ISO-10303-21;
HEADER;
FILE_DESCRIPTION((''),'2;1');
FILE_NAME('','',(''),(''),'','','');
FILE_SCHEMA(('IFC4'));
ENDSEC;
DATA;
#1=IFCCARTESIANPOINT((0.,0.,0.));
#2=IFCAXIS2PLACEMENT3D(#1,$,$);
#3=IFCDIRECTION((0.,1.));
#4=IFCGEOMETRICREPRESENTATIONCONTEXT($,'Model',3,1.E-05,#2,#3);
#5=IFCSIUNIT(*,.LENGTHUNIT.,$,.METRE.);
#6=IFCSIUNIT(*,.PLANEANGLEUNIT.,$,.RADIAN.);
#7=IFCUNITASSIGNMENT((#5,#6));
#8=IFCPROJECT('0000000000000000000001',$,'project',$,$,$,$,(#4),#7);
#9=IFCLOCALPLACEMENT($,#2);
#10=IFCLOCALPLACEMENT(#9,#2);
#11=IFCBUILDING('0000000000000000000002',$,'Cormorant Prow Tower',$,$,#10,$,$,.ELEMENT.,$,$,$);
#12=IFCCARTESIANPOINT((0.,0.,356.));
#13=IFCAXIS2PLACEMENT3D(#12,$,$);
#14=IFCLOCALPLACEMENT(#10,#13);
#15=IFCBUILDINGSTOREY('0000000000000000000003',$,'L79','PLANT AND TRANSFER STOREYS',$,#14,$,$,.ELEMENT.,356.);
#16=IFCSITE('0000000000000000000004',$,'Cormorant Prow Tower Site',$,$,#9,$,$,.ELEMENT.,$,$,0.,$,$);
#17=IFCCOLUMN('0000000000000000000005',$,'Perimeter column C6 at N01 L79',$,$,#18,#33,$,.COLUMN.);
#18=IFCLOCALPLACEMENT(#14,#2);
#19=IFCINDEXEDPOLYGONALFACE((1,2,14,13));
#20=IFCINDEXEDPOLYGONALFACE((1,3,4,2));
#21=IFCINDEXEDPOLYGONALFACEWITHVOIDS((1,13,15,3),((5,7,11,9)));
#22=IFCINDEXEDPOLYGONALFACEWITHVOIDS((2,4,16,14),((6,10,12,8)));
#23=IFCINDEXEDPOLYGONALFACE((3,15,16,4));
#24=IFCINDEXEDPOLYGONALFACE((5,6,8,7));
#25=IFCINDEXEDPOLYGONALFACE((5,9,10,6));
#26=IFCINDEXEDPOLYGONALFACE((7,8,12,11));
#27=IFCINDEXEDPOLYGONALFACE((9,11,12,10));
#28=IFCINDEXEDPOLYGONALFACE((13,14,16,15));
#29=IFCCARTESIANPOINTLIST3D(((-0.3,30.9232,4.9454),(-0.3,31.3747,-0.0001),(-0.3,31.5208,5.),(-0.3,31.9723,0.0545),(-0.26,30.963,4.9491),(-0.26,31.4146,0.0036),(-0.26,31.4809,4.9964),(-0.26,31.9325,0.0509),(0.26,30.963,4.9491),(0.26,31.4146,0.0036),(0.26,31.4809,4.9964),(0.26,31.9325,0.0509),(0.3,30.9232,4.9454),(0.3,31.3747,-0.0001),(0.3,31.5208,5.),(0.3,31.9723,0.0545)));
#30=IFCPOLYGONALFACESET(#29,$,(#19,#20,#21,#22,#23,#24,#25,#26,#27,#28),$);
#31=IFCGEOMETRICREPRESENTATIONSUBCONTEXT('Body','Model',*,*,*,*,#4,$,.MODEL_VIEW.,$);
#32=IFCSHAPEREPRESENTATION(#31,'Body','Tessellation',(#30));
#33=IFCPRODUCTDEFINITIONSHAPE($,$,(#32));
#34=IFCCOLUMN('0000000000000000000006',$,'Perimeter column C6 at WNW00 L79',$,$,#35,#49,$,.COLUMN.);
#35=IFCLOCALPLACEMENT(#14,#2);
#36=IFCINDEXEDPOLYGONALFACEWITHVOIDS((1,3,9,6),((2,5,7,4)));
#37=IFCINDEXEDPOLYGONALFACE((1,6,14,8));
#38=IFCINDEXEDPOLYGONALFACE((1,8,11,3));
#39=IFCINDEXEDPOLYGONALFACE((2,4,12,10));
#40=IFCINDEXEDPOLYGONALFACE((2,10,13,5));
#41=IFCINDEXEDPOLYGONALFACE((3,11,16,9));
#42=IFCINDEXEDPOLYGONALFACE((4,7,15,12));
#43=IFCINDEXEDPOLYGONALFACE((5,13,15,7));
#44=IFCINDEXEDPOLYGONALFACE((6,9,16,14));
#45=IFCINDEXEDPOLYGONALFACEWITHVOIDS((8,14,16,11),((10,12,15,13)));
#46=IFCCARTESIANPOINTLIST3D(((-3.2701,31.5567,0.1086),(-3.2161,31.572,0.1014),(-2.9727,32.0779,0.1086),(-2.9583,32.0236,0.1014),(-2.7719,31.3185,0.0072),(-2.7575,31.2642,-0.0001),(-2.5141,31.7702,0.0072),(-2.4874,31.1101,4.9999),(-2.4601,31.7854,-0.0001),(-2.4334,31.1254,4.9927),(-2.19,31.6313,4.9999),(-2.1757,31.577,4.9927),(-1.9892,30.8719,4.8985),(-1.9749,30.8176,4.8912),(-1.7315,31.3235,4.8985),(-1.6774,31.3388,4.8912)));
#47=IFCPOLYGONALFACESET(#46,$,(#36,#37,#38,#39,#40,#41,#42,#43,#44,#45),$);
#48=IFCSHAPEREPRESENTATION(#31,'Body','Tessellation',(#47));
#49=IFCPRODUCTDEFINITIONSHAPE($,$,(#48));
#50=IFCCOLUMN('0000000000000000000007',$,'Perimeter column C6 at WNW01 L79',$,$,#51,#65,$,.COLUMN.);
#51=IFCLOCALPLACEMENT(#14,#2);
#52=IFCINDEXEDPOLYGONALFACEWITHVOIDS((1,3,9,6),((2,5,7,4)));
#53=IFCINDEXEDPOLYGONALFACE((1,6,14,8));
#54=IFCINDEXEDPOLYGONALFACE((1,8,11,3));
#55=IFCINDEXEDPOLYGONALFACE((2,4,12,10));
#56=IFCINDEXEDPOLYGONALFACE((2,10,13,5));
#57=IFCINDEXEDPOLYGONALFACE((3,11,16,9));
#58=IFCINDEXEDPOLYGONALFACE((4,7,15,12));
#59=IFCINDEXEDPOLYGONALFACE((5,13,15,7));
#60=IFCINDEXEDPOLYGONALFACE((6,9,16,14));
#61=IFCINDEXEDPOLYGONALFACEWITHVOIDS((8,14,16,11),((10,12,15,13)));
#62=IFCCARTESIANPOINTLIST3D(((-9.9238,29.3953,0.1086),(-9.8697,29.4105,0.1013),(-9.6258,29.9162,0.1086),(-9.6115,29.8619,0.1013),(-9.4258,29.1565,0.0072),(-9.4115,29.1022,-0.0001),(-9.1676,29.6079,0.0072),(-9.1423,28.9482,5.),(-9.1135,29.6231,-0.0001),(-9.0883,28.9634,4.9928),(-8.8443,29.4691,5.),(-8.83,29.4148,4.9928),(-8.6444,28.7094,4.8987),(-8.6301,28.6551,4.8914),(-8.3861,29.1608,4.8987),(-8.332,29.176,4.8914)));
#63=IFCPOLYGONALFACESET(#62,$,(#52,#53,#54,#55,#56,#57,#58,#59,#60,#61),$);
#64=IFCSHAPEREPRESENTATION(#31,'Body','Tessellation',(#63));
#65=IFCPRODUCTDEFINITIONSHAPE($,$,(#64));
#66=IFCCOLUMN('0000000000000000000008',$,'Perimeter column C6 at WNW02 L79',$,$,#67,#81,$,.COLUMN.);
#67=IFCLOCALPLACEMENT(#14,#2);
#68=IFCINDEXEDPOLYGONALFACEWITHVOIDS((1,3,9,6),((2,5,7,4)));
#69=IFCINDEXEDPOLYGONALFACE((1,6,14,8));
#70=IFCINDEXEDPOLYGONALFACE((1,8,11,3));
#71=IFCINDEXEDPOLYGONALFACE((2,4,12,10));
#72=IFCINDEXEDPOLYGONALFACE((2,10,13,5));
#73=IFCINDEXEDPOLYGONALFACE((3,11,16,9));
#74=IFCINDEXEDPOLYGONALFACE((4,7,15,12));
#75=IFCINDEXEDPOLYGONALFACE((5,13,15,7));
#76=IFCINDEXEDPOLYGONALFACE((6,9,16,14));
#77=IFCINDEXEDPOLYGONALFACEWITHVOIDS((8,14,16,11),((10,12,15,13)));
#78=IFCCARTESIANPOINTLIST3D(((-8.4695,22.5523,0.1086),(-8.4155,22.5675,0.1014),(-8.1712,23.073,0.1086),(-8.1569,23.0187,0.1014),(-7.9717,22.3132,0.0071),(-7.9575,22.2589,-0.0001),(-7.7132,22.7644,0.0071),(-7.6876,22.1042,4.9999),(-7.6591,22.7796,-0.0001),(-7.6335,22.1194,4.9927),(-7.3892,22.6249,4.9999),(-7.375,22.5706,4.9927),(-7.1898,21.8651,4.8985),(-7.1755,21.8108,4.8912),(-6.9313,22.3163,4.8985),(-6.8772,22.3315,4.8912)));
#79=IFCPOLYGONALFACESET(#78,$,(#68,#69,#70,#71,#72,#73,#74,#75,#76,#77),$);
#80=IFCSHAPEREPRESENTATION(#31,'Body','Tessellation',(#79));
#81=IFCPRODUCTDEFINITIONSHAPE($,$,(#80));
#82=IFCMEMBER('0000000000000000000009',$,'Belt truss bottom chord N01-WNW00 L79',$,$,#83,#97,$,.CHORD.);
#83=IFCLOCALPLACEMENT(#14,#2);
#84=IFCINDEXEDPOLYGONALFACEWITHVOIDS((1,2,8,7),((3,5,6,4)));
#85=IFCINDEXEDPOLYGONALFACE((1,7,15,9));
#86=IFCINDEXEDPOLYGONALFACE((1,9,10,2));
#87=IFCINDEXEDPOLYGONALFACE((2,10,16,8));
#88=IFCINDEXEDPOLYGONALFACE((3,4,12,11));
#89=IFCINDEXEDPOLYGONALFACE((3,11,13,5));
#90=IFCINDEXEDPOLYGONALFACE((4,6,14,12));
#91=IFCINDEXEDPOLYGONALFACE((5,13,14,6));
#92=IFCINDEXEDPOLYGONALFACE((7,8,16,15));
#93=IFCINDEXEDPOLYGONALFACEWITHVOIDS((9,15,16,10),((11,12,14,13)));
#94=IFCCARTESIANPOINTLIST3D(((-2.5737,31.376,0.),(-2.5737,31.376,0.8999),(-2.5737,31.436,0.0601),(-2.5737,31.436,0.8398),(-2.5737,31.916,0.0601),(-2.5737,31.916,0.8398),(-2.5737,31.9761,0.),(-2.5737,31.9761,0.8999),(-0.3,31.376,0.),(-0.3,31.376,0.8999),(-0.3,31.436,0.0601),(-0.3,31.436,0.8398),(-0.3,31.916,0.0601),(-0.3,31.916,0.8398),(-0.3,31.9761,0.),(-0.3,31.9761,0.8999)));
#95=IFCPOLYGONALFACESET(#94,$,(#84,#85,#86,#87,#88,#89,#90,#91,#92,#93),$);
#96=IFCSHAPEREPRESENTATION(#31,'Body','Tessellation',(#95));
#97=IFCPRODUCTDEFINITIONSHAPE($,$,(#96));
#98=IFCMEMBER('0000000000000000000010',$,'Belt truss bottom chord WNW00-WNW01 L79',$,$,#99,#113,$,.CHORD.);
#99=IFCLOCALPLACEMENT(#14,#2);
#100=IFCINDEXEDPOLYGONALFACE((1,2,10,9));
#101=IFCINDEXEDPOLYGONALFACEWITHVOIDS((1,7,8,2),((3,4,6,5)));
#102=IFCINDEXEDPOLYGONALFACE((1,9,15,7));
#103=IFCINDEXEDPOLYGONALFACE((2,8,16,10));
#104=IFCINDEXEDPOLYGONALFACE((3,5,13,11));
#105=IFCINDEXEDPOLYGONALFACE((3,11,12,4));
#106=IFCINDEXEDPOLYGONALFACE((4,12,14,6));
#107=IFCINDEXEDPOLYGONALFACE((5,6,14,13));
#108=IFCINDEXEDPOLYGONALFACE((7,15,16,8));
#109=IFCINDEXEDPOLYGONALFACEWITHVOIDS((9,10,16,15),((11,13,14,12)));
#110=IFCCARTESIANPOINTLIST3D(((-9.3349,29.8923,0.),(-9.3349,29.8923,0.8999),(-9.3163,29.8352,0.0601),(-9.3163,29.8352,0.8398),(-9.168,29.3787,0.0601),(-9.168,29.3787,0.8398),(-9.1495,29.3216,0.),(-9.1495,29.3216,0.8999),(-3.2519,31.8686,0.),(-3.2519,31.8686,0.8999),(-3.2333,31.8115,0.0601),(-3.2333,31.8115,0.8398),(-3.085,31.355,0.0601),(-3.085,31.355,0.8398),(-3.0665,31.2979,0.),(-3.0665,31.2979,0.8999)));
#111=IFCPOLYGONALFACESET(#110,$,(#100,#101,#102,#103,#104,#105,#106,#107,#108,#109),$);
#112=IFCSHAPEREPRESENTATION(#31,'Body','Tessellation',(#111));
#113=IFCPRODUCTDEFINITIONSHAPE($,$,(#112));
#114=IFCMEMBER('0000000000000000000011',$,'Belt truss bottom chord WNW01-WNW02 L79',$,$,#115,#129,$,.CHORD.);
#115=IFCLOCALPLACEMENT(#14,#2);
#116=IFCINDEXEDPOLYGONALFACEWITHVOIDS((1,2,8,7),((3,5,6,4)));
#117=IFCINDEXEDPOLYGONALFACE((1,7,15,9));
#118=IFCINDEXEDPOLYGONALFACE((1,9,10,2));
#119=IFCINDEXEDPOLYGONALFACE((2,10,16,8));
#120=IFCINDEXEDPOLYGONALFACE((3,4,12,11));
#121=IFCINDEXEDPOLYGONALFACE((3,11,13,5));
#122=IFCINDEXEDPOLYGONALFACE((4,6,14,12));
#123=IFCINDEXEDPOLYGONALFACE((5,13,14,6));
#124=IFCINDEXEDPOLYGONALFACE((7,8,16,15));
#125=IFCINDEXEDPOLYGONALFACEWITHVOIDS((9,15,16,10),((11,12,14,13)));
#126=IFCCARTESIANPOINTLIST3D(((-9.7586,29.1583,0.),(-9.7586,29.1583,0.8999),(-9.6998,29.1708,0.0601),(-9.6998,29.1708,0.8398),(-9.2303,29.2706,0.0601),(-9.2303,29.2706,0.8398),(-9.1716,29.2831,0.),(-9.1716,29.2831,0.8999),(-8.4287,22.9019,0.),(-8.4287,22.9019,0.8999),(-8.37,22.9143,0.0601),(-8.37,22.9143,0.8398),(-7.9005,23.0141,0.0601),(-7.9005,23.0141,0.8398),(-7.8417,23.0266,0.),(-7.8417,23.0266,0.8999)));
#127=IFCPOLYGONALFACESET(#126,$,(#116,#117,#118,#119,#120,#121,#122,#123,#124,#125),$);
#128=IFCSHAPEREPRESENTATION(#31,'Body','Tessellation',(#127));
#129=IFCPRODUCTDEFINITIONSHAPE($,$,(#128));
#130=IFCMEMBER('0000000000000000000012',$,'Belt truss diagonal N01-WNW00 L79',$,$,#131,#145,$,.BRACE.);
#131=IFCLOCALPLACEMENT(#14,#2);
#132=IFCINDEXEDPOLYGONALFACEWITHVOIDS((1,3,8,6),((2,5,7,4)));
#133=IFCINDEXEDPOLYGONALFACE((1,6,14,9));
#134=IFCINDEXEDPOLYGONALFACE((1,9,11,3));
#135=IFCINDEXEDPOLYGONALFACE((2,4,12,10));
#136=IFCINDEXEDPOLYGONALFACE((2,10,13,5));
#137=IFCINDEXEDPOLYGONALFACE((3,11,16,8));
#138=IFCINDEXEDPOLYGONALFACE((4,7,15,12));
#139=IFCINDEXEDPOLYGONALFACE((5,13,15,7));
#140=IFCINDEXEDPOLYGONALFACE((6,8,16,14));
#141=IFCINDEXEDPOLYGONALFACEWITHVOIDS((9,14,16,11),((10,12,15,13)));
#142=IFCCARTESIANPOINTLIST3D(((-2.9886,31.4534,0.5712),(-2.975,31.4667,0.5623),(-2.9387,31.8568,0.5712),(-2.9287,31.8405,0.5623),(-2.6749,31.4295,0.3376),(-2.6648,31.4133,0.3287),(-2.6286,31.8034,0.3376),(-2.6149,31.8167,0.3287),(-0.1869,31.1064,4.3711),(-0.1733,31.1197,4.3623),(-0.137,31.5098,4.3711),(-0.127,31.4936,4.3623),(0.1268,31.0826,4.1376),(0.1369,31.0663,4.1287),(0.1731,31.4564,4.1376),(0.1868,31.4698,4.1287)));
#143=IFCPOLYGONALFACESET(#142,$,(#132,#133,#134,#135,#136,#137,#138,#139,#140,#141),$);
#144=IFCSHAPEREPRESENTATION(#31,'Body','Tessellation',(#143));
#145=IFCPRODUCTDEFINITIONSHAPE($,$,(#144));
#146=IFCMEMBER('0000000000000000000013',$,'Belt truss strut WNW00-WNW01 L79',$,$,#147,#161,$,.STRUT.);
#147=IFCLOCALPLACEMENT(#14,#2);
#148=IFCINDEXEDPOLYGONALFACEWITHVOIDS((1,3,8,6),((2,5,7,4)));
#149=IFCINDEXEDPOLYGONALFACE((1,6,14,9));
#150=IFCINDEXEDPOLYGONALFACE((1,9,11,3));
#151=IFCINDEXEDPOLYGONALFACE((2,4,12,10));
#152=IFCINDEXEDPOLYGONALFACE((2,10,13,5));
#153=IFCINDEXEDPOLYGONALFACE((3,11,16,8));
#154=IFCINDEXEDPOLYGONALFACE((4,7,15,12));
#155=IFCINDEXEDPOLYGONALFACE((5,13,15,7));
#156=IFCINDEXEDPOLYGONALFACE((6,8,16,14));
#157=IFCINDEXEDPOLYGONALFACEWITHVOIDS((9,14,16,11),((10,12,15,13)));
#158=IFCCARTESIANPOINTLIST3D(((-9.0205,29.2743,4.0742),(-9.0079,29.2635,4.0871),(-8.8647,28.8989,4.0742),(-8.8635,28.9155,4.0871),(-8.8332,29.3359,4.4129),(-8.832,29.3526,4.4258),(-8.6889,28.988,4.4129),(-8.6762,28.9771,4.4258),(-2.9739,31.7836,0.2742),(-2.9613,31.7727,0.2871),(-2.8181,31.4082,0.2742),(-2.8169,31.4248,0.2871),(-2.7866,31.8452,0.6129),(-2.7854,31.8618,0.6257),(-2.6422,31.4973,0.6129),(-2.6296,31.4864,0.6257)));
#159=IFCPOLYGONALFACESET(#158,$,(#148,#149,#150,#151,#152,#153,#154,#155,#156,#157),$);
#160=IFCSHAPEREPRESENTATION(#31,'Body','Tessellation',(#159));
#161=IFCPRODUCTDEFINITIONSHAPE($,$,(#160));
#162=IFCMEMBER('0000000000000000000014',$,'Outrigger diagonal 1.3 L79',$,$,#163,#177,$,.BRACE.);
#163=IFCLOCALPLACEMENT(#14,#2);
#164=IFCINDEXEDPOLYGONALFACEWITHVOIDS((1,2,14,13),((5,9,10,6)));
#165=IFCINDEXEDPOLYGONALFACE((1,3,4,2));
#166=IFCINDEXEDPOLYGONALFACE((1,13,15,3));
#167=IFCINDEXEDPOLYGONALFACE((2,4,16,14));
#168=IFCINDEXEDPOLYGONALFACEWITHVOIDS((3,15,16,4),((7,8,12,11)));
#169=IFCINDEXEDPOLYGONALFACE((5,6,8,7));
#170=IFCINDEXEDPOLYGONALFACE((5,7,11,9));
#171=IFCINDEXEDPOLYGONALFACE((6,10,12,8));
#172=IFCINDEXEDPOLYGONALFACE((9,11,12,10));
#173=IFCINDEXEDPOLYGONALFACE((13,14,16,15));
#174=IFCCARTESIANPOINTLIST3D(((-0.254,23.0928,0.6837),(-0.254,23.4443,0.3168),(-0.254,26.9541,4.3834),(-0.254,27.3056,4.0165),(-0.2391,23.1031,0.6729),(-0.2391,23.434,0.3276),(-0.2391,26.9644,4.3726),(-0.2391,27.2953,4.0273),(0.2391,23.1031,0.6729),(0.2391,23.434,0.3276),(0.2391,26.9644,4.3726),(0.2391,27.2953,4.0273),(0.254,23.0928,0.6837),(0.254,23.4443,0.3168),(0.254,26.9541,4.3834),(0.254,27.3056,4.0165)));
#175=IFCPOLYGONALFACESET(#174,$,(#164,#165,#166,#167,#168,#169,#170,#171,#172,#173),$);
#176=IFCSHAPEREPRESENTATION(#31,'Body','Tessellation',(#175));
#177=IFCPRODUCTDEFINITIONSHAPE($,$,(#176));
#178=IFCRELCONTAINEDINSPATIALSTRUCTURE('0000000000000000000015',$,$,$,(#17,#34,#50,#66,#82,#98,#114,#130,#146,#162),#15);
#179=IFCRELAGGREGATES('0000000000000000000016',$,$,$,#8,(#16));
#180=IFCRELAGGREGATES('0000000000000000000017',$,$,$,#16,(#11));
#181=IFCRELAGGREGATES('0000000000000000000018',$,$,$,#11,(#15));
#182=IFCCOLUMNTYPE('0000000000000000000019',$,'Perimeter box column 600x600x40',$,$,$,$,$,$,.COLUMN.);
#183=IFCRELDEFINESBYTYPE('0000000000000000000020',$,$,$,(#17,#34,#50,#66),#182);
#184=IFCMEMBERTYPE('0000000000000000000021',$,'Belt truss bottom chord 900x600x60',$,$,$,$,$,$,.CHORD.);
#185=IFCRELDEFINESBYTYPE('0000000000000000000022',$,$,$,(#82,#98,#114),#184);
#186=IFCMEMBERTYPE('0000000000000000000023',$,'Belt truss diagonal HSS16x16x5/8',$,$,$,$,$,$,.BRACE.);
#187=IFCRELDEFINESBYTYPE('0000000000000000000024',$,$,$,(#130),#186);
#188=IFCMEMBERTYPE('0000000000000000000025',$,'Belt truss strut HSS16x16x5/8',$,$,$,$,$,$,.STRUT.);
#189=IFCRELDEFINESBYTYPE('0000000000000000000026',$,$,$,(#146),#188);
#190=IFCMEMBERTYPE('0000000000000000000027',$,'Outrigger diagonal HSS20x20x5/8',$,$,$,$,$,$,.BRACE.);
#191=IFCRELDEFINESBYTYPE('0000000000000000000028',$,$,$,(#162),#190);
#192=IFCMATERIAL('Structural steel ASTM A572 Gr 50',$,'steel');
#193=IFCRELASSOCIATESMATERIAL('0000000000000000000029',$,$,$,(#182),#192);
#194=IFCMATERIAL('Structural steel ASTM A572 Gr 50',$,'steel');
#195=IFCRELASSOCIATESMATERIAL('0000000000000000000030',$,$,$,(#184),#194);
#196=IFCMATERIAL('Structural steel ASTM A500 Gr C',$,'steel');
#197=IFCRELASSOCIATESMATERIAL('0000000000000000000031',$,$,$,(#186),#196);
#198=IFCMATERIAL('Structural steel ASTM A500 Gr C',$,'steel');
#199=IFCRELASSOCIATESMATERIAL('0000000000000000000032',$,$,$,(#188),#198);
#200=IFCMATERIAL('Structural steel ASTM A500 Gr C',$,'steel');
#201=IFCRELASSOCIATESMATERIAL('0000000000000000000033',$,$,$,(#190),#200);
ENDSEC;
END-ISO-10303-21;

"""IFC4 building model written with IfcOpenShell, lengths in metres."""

from ifc_helpers import new_model, si_unit, direction, frame, origin, origin_2d, place, context, subcontext, project, spatial, hollow_rectangle, extrude, material, material_profile, profile_set, type_object, element, save


model = new_model("IFC4")

# Units and contexts
model_context = context("Model", 3, precision=1e-05, world=origin(), true_north=direction((0.0, 1.0)))
body_context = subcontext(model_context, "Body", "Model", "MODEL_VIEW")
ifc_project = project(units=[si_unit("LENGTHUNIT", "METRE"), si_unit("PLANEANGLEUNIT", "RADIAN")], contexts=[model_context])

# Site, building, storey
site_placement = place(None, origin())
site = spatial("IfcSite", under=ifc_project, at=site_placement, Name="Cormorant Prow Tower Site", CompositionType="ELEMENT", RefElevation=0.0)
building_placement = place(site_placement, origin())
building = spatial("IfcBuilding", under=site, at=building_placement, Name="Cormorant Prow Tower", CompositionType="ELEMENT")
storey_placement = place(building_placement, frame((0.0, 0.0, 356.0)))
storey = spatial("IfcBuildingStorey", under=building, at=storey_placement, Name="L79", Description="PLANT AND TRANSFER STOREYS", CompositionType="ELEMENT", Elevation=356.0)

# Columns
ifc_material_1 = material(Name="Structural steel ASTM A572 Gr 50", Category="steel")
ifc_material_profile_1 = material_profile(ifc_material_1, hollow_rectangle(XDim=0.6001, YDim=0.6001, WallThickness=0.04, at=origin_2d()), Name="Box 600x600x40")
ifc_profile_set_1 = profile_set([ifc_material_profile_1], Name="Structural steel ASTM A572 Gr 50")
column_type = type_object("IfcColumnType", Name="Perimeter box column 600x600x40", PredefinedType="COLUMN", material=ifc_profile_set_1)
column_placement = place(storey_placement, frame((0.0, 31.676, 0.0), z_axis=(0.0, -0.09093, 0.995857), x_axis=(1.0, 0.0, 0.0)))
element("IfcColumn", 1, at=column_placement, inside=storey, type_object=column_type, Name="Perimeter column C6 at N01 L79", PredefinedType="COLUMN", context=body_context, shape_type="SweptSolid", body=[
    extrude(hollow_rectangle(XDim=0.6001, YDim=0.6001, WallThickness=0.04, at=origin_2d()), frame((0.0, 0.0, 0.0273)), (0.0, 0.0, 1.0), 4.9661),
])
for number, where, z_axis, x_axis, name in (
    (2, (-2.8738, 31.676, 0.0), (0.157362, -0.089797, 0.98345), (0.495625, 0.868537, 0.0), "Perimeter column C6 at WNW00 L79"),
    (3, (-9.5273, 29.5142, 0.0), (0.157126, -0.089896, 0.983479), (0.496596, 0.867982, 0.0), "Perimeter column C6 at WNW01 L79"),
    (4, (-8.073, 22.6709, 0.0), (0.157217, -0.090085, 0.983447), (0.497166, 0.867655, 0.0), "Perimeter column C6 at WNW02 L79"),
):
    element("IfcColumn", number, at=place(storey_placement, frame(where, z_axis=z_axis, x_axis=x_axis)), inside=storey, type_object=column_type, Name=name, PredefinedType="COLUMN", context=body_context, shape_type="SweptSolid", body=[
        extrude(hollow_rectangle(XDim=0.6001, YDim=0.6001, WallThickness=0.04, at=origin_2d()), frame((0.0, 0.0, 0.0552)), (0.0, 0.0, 1.0), 4.9736),
    ])

# Members
ifc_material_2 = material(Name="Structural steel ASTM A572 Gr 50", Category="steel")
ifc_material_profile_2 = material_profile(ifc_material_2, hollow_rectangle(XDim=0.6001, YDim=0.8999, WallThickness=0.0601, at=origin_2d()), Name="Box 900x600x60")
ifc_profile_set_2 = profile_set([ifc_material_profile_2], Name="Structural steel ASTM A572 Gr 50")
member_type_1 = type_object("IfcMemberType", Name="Belt truss bottom chord 900x600x60", PredefinedType="CHORD", material=ifc_profile_set_2)
member_1_placement = place(storey_placement, frame((-0.3, 31.676, 0.45), z_axis=(-1.0, 0.0, 0.0), x_axis=(0.0, -1.0, 0.0)))
element("IfcMember", 5, at=member_1_placement, inside=storey, type_object=member_type_1, Name="Belt truss bottom chord N01-WNW00 L79", PredefinedType="CHORD", context=body_context, shape_type="SweptSolid", body=[
    extrude(hollow_rectangle(XDim=0.6001, YDim=0.8999, WallThickness=0.0601, at=origin_2d()), origin(), (0.0, 0.0, 1.0), 2.2737),
])
member_2_placement = place(storey_placement, frame((-3.1592, 31.5833, 0.45), z_axis=(-0.951064, -0.308993, 0.0), x_axis=(0.308993, -0.951064, 0.0)))
element("IfcMember", 6, at=member_2_placement, inside=storey, type_object=member_type_1, Name="Belt truss bottom chord WNW00-WNW01 L79", PredefinedType="CHORD", context=body_context, shape_type="SweptSolid", body=[
    extrude(hollow_rectangle(XDim=0.6001, YDim=0.8999, WallThickness=0.0601, at=origin_2d()), origin(), (0.0, 0.0, 1.0), 6.396),
])
member_3_placement = place(storey_placement, frame((-9.4651, 29.2207, 0.45), z_axis=(0.207913, -0.978147, 0.0), x_axis=(0.978147, 0.207913, 0.0)))
element("IfcMember", 7, at=member_3_placement, inside=storey, type_object=member_type_1, Name="Belt truss bottom chord WNW01-WNW02 L79", PredefinedType="CHORD", context=body_context, shape_type="SweptSolid", body=[
    extrude(hollow_rectangle(XDim=0.6001, YDim=0.8999, WallThickness=0.0601, at=origin_2d()), origin(), (0.0, 0.0, 1.0), 6.3962),
])
ifc_material_3 = material(Name="Structural steel ASTM A500 Gr C", Category="steel")
ifc_material_profile_3 = material_profile(ifc_material_3, hollow_rectangle(XDim=0.4065, YDim=0.4065, WallThickness=0.0149, at=origin_2d()), Name="HSS16x16x5/8")
ifc_profile_set_3 = profile_set([ifc_material_profile_3], Name="Structural steel ASTM A500 Gr C")
member_type_2 = type_object("IfcMemberType", Name="Belt truss diagonal HSS16x16x5/8", PredefinedType="BRACE", material=ifc_profile_set_3)
member_4_placement = place(storey_placement, frame((-2.8018, 31.635, 0.45), z_axis=(0.59184, -0.073284, 0.802717), x_axis=(0.122885, 0.992421, 0.0)))
element("IfcMember", 8, at=member_4_placement, inside=storey, type_object=member_type_2, Name="Belt truss diagonal N01-WNW00 L79", PredefinedType="BRACE", context=body_context, shape_type="SweptSolid", body=[
    extrude(hollow_rectangle(XDim=0.4065, YDim=0.4065, WallThickness=0.0149, at=origin_2d()), origin(), (0.0, 0.0, 1.0), 4.7339),
])
ifc_material_4 = material(Name="Structural steel ASTM A500 Gr C", Category="steel")
ifc_material_profile_4 = material_profile(ifc_material_4, hollow_rectangle(XDim=0.4065, YDim=0.4065, WallThickness=0.0149, at=origin_2d()), Name="HSS16x16x5/8")
ifc_profile_set_4 = profile_set([ifc_material_profile_4], Name="Structural steel ASTM A500 Gr C")
member_type_3 = type_object("IfcMemberType", Name="Belt truss strut HSS16x16x5/8", PredefinedType="STRUT", material=ifc_profile_set_4)
member_5_placement = place(storey_placement, frame((-2.8018, 31.635, 0.45), z_axis=(-0.798806, -0.331495, 0.502016), x_axis=(0.383294, -0.923627, 0.0)))
element("IfcMember", 9, at=member_5_placement, inside=storey, type_object=member_type_3, Name="Belt truss strut WNW00-WNW01 L79", PredefinedType="STRUT", context=body_context, shape_type="SweptSolid", body=[
    extrude(hollow_rectangle(XDim=0.4065, YDim=0.4065, WallThickness=0.0149, at=origin_2d()), origin(), (0.0, 0.0, 1.0), 7.5696),
])
ifc_material_5 = material(Name="Structural steel ASTM A500 Gr C", Category="steel")
ifc_material_profile_5 = material_profile(ifc_material_5, hollow_rectangle(XDim=0.5081, YDim=0.5081, WallThickness=0.0149, at=origin_2d()), Name="HSS20x20x5/8")
ifc_profile_set_5 = profile_set([ifc_material_profile_5], Name="Structural steel ASTM A500 Gr C")
member_type_4 = type_object("IfcMemberType", Name="Outrigger diagonal HSS20x20x5/8", PredefinedType="BRACE", material=ifc_profile_set_5)
member_6_placement = place(storey_placement, frame((0.0, 23.2686, 0.5002), z_axis=(0.0, 0.722057, 0.691834), x_axis=(-1.0, 0.0, 0.0)))
element("IfcMember", 10, at=member_6_placement, inside=storey, type_object=member_type_4, Name="Outrigger diagonal 1.3 L79", PredefinedType="BRACE", context=body_context, shape_type="SweptSolid", body=[
    extrude(hollow_rectangle(XDim=0.5081, YDim=0.5081, WallThickness=0.0149, at=origin_2d()), origin(), (0.0, 0.0, 1.0), 5.3477),
])

save(model, "model.ifc")
